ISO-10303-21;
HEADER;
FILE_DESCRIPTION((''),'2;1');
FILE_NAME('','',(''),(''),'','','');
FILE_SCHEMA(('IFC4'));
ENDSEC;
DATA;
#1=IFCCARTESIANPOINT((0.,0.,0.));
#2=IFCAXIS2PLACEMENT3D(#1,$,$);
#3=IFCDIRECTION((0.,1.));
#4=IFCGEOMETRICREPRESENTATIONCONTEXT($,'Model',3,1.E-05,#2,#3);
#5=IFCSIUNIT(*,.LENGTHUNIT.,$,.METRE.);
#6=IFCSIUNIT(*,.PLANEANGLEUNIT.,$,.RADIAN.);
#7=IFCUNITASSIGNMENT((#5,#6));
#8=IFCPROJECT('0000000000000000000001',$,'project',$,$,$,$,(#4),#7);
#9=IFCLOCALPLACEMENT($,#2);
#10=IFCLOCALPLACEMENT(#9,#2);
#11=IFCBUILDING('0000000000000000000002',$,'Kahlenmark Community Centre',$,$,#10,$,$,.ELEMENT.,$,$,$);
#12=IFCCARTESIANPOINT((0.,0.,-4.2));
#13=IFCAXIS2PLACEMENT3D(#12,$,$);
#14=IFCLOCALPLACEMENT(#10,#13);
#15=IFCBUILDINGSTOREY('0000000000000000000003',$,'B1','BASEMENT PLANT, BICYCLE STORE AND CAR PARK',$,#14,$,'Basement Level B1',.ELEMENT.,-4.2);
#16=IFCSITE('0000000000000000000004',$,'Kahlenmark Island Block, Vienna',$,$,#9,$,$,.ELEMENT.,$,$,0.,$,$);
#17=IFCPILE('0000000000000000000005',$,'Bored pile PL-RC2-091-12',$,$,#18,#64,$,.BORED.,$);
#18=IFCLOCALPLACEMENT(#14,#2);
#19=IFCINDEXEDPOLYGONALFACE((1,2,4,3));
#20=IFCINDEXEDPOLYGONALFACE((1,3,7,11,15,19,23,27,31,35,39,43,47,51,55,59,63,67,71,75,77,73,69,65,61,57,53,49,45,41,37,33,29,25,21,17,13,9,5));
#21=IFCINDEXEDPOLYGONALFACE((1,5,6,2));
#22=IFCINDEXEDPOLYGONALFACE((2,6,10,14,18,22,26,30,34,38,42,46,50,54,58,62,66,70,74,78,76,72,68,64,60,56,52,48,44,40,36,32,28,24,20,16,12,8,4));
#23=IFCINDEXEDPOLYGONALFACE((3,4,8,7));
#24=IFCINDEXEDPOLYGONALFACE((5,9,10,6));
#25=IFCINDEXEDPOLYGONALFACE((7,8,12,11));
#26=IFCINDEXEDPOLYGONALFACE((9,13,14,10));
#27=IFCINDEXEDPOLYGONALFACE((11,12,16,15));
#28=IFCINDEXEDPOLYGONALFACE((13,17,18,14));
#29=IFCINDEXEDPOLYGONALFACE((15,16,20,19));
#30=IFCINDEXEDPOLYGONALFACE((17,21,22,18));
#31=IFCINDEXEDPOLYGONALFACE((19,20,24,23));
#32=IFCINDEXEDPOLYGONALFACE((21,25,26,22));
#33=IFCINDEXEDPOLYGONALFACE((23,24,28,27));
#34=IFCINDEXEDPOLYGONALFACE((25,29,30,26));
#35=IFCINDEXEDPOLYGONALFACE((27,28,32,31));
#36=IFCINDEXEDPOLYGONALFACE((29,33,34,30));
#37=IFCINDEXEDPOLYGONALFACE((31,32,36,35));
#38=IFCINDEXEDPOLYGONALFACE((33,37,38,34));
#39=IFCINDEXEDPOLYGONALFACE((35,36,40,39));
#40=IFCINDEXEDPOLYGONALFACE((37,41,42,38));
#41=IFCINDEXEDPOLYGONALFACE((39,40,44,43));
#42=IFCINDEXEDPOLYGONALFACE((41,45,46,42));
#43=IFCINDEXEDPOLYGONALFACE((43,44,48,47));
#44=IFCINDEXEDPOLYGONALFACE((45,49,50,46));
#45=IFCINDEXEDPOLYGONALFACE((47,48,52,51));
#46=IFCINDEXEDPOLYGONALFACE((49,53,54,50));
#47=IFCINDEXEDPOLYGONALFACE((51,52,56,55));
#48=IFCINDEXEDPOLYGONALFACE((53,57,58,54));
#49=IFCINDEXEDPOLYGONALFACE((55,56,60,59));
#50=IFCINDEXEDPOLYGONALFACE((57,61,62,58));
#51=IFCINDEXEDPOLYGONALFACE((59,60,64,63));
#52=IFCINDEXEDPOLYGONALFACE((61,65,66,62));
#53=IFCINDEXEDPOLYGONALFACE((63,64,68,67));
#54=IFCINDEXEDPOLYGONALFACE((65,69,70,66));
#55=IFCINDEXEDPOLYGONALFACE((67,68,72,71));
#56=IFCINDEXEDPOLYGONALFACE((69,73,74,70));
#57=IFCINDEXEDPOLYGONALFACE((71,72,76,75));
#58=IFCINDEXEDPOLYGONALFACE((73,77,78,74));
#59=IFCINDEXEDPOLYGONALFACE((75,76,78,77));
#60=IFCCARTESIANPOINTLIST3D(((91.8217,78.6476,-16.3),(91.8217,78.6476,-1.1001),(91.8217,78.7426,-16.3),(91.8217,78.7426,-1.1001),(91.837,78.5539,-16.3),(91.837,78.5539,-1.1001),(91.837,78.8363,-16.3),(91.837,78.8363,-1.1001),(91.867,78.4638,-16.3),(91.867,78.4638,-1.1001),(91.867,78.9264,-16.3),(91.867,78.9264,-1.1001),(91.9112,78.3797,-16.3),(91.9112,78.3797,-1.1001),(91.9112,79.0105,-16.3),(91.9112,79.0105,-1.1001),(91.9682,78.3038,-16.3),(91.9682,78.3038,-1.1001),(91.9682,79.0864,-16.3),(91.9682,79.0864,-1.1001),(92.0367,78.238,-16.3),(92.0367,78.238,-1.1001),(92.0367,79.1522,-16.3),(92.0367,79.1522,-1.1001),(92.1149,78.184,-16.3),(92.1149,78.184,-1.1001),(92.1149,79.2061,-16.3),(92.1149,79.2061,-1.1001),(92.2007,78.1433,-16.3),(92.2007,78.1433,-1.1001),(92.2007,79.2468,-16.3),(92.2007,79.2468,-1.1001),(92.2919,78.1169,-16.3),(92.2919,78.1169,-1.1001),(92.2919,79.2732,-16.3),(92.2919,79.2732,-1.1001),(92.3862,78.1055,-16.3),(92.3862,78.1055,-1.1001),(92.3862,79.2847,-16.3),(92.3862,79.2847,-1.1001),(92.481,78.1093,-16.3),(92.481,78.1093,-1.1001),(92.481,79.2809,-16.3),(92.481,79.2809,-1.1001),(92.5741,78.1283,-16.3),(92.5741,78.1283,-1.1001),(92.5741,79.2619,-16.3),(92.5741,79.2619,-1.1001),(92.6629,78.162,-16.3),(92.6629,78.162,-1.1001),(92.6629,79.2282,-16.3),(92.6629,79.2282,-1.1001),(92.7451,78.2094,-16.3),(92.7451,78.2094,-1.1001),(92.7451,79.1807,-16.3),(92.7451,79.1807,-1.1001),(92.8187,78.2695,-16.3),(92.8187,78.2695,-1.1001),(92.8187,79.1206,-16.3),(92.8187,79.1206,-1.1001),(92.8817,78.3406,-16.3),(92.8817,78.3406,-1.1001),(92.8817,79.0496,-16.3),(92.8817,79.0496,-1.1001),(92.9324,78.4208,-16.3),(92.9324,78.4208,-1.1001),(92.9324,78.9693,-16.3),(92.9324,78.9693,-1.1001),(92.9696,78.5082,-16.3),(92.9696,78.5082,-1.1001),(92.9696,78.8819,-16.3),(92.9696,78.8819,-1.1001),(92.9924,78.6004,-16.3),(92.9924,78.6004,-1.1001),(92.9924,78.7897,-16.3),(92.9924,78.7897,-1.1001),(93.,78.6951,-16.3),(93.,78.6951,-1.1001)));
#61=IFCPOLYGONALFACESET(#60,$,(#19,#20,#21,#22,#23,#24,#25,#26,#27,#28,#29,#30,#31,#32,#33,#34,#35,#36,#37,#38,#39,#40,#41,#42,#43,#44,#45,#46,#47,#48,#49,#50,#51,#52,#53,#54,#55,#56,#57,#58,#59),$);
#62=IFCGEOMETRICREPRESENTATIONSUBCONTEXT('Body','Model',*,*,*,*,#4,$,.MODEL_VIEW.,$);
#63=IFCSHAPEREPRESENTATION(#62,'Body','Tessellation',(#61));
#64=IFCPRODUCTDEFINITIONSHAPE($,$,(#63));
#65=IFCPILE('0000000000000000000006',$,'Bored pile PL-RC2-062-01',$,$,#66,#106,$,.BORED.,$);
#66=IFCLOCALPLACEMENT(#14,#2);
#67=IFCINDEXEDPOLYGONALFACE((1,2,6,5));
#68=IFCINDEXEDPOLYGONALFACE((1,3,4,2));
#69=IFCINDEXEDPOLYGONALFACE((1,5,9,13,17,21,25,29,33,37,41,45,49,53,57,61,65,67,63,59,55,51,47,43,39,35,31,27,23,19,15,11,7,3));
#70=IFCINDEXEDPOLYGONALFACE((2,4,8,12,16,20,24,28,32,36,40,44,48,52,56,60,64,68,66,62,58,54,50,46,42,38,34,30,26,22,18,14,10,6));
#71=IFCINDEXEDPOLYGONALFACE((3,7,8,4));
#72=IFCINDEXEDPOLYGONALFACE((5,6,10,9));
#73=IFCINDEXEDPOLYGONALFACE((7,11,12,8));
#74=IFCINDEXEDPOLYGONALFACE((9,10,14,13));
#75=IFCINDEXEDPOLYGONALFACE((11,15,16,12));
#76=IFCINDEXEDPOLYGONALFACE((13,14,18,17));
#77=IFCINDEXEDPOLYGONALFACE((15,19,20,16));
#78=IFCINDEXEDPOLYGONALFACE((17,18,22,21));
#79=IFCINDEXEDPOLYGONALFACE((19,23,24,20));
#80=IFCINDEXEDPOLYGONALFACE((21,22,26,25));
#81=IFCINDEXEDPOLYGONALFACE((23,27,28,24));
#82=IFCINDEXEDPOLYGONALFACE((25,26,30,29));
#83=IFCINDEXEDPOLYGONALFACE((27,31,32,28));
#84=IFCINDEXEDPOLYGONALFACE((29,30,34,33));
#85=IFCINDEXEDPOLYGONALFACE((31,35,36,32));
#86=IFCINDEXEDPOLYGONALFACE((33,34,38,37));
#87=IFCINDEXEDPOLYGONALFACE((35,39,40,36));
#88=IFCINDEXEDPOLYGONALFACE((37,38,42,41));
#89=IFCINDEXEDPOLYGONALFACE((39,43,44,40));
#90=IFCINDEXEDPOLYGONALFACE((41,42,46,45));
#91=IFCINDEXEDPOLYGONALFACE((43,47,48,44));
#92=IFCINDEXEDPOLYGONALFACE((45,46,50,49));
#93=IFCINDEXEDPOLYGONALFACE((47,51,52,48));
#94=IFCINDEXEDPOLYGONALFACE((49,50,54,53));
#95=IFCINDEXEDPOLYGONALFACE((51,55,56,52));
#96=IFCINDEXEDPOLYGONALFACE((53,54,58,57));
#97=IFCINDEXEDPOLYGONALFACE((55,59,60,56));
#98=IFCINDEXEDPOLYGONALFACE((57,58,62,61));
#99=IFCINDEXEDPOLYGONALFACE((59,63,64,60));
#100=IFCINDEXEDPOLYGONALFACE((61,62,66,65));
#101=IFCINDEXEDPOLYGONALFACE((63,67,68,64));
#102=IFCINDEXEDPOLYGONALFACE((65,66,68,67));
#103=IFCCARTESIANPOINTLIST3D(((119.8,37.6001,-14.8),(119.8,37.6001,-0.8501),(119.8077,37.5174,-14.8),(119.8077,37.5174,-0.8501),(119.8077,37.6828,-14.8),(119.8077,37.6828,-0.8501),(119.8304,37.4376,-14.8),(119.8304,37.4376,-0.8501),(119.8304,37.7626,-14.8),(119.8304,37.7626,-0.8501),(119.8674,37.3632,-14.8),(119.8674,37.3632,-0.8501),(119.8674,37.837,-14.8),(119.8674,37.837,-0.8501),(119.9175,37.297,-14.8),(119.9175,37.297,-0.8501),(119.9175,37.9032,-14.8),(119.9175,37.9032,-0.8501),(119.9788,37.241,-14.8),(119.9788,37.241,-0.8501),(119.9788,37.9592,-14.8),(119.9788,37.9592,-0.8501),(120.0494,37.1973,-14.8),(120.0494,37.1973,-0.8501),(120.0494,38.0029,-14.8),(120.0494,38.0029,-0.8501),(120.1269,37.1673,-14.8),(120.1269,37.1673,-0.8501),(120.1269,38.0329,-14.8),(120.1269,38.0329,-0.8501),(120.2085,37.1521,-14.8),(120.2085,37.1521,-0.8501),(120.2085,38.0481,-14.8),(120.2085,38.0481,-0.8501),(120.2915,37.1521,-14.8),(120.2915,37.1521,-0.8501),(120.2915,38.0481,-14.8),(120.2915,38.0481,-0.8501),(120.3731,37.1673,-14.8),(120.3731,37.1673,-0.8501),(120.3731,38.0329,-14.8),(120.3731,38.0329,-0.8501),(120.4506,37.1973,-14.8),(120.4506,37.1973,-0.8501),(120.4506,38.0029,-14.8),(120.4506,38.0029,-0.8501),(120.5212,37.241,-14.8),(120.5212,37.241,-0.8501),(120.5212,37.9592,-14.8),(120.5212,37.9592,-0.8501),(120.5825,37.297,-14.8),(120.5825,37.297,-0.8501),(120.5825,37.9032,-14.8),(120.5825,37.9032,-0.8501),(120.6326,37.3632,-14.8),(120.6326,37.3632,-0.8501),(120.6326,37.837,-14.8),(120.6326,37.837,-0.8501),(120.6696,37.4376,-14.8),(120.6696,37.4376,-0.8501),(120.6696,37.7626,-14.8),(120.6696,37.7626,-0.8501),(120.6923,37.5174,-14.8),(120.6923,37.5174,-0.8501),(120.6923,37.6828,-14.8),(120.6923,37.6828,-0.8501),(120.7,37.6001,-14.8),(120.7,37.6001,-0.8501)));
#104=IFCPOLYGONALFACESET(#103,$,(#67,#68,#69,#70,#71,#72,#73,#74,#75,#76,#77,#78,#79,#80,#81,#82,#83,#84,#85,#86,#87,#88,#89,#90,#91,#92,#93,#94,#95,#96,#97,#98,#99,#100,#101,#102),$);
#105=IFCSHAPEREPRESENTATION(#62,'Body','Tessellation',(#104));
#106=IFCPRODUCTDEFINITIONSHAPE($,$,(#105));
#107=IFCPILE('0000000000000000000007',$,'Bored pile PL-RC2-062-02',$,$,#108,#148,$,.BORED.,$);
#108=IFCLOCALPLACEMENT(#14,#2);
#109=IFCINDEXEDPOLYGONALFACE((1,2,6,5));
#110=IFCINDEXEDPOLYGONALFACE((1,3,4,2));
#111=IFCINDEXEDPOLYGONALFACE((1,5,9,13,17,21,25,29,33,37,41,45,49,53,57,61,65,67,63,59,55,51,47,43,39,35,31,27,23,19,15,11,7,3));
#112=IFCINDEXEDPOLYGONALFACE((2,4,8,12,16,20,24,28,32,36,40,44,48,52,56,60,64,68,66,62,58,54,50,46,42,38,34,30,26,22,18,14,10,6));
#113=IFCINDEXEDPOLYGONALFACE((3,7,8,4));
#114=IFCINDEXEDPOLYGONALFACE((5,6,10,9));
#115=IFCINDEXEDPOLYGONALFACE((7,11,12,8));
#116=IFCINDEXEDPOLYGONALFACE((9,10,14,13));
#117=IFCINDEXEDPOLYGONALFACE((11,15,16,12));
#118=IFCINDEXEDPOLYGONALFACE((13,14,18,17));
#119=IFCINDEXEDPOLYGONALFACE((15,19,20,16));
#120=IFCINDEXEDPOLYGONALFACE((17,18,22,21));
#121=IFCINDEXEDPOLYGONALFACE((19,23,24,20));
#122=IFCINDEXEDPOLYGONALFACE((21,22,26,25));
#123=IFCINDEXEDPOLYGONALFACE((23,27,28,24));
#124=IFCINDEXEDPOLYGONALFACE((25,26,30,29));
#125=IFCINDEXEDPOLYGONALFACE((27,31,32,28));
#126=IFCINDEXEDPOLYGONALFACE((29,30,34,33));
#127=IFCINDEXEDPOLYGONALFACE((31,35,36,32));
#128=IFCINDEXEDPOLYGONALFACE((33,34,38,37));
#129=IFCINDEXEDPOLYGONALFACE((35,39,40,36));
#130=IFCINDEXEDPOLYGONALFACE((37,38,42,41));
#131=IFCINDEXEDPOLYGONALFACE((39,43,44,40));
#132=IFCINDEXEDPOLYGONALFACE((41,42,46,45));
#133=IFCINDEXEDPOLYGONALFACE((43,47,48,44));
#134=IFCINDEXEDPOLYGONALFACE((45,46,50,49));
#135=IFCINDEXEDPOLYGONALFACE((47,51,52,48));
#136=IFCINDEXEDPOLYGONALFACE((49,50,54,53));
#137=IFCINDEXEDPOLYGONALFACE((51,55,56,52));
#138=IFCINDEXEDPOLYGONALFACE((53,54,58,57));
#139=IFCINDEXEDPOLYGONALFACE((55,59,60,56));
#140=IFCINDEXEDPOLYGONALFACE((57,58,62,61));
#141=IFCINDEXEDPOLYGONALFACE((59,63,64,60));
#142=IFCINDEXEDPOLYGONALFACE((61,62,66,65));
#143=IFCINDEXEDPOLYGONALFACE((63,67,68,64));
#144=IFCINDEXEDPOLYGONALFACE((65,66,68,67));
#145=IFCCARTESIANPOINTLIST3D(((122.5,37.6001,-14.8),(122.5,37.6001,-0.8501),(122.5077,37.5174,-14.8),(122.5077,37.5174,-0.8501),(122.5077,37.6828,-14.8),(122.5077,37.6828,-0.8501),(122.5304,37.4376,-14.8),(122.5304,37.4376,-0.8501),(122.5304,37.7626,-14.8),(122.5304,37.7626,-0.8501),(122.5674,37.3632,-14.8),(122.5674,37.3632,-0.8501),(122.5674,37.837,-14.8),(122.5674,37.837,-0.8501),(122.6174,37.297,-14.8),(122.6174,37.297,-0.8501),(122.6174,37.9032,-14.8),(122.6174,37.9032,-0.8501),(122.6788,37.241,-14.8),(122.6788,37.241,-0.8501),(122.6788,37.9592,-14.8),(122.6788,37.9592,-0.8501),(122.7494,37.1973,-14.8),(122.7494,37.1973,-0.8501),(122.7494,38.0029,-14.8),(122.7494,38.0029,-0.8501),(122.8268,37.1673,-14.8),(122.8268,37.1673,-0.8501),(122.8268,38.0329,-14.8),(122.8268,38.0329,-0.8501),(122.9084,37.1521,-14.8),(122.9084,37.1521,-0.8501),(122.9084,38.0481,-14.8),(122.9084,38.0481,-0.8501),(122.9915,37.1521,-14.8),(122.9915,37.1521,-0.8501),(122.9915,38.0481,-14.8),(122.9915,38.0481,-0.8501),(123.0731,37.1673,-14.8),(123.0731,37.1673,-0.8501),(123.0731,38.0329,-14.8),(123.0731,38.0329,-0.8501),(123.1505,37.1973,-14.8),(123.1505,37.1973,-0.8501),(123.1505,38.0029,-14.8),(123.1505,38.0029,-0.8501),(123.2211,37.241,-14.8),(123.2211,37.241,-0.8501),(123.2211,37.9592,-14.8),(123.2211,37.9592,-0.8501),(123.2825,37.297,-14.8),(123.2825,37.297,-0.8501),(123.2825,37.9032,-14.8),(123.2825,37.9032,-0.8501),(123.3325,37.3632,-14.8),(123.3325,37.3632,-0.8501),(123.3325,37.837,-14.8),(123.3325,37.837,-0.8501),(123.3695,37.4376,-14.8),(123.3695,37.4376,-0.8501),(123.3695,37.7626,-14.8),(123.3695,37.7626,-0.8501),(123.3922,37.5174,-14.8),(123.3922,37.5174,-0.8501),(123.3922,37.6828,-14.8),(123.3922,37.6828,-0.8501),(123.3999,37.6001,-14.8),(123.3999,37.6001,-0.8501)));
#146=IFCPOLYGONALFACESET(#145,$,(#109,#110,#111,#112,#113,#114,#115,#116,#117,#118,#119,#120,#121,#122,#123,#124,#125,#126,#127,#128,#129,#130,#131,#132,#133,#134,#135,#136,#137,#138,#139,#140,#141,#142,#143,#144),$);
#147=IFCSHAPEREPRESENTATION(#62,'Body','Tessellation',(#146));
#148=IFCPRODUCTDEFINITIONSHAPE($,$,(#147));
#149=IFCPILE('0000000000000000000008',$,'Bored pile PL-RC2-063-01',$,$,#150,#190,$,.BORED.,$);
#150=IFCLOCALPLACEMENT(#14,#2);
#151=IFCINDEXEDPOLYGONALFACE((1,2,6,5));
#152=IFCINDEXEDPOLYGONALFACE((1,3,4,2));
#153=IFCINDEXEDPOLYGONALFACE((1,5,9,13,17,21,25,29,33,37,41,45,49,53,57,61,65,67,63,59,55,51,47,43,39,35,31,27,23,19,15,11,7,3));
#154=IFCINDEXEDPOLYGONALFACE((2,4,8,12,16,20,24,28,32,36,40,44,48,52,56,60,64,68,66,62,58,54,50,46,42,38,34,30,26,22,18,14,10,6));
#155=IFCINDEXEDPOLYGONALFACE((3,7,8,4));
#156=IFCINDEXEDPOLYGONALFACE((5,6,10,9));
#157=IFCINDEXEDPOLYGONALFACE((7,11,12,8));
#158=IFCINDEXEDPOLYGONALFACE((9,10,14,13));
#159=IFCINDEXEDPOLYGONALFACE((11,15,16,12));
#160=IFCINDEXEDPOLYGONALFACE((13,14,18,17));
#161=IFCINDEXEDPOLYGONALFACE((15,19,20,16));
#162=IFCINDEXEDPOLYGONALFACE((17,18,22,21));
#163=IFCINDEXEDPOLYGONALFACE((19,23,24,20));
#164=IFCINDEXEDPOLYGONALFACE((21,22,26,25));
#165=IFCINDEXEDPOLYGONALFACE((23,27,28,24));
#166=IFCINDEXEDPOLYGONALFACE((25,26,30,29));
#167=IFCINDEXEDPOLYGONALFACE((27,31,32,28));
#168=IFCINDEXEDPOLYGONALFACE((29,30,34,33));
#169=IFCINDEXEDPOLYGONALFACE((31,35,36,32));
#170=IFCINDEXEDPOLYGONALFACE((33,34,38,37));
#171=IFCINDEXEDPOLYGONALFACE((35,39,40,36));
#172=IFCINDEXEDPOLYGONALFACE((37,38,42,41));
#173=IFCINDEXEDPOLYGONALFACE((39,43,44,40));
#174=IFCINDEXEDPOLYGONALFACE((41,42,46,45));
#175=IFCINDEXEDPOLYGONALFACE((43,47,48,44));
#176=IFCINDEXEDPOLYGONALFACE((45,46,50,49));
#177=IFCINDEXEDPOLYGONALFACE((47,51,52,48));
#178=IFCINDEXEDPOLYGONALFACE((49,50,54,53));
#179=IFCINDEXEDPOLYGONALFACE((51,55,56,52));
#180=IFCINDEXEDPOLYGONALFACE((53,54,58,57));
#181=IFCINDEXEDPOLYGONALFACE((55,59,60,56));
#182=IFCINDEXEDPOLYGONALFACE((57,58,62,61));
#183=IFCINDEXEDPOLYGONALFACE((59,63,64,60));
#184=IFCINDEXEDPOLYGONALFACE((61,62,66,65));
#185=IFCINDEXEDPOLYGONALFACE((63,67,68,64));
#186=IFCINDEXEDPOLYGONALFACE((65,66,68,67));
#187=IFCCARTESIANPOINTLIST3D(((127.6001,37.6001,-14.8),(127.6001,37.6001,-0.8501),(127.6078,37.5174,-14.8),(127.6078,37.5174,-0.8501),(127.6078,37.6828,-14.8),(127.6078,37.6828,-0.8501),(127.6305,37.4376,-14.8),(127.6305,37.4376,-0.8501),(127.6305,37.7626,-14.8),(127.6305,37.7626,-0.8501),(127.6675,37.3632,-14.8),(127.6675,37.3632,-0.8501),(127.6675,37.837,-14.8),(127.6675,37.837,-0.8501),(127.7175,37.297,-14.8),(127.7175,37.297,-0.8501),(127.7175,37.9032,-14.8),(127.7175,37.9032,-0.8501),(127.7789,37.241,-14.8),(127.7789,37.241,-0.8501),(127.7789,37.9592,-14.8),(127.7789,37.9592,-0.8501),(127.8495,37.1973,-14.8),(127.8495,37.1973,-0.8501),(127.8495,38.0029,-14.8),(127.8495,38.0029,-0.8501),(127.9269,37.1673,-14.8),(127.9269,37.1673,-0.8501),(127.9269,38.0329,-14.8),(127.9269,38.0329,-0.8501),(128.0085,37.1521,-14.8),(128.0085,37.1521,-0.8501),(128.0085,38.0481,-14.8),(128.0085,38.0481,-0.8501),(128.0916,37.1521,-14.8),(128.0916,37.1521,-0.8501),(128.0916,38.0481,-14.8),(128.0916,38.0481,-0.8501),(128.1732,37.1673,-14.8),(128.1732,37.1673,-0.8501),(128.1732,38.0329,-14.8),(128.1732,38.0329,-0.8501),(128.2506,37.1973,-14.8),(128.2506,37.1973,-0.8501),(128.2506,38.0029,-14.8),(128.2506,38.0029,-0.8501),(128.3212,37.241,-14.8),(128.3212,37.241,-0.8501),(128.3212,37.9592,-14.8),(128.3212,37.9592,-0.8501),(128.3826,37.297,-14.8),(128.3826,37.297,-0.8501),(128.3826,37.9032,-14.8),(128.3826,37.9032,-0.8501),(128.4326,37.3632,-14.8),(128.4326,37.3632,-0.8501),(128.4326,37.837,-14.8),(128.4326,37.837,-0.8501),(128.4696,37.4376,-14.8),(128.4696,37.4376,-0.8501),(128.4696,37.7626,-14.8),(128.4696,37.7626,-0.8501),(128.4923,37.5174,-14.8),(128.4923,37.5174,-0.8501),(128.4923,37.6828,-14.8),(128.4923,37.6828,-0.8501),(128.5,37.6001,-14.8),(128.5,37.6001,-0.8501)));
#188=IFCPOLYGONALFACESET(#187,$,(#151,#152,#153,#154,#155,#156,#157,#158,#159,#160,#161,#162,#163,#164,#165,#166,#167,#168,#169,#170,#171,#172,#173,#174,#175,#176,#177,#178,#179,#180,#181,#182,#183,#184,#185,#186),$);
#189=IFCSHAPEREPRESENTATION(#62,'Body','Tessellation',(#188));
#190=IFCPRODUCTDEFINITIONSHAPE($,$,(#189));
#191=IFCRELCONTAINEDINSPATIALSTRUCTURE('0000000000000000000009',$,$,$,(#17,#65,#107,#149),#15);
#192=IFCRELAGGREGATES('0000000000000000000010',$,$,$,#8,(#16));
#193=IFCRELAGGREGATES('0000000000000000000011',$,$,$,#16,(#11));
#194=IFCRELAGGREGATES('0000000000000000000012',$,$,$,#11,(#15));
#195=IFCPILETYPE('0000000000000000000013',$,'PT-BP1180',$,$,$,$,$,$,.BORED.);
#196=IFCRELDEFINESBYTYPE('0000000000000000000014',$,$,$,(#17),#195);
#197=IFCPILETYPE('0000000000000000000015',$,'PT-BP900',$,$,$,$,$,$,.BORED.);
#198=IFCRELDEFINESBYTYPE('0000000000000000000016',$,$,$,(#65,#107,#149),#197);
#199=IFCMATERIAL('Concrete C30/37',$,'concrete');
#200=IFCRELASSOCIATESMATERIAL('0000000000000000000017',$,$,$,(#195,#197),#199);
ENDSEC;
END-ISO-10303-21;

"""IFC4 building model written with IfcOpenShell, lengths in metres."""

from ifc_helpers import new_model, si_unit, direction, frame, origin, origin_2d, place, context, subcontext, project, spatial, circle, extrude, material, material_profile, profile_set, type_object, element, save


model = new_model("IFC4")

# Units and contexts
model_context = context("Model", 3, precision=1e-05, world=origin(), true_north=direction((0.0, 1.0)))
body_context = subcontext(model_context, "Body", "Model", "MODEL_VIEW")
ifc_project = project(units=[si_unit("LENGTHUNIT", "METRE"), si_unit("PLANEANGLEUNIT", "RADIAN")], contexts=[model_context])

# Site, building, storey
site_placement = place(None, origin())
site = spatial("IfcSite", under=ifc_project, at=site_placement, Name="Kahlenmark Island Block, Vienna", CompositionType="ELEMENT", RefElevation=0.0)
building_placement = place(site_placement, origin())
building = spatial("IfcBuilding", under=site, at=building_placement, Name="Kahlenmark Community Centre", CompositionType="ELEMENT")
storey_placement = place(building_placement, frame((0.0, 0.0, -4.2)))
storey = spatial("IfcBuildingStorey", under=building, at=storey_placement, Name="B1", Description="BASEMENT PLANT, BICYCLE STORE AND CAR PARK", LongName="Basement Level B1", CompositionType="ELEMENT", Elevation=-4.2)

# Shared definitions
ifc_material_1 = material(Name="Concrete C30/37", Category="concrete")

# Piles
ifc_material_profile_1 = material_profile(ifc_material_1, circle(Radius=0.5901, at=origin_2d()), Name="BORED PILE 1180")
ifc_profile_set_1 = profile_set([ifc_material_profile_1], Name="Concrete C30/37")
pile_type_1 = type_object("IfcPileType", Name="PT-BP1180", PredefinedType="BORED", material=ifc_profile_set_1)
for number, where, z_axis, x_axis, name in (
    (1, (92.4099, 78.6951, -1.1001), (0.0, 0.0, -1.0), (1.0, 0.0, 0.0), "Bored pile PL-RC2-091-12"),
):
    element("IfcPile", number, at=place(storey_placement, frame(where, z_axis=z_axis, x_axis=x_axis)), inside=storey, type_object=pile_type_1, Name=name, PredefinedType="BORED", context=body_context, shape_type="SweptSolid", body=[
        extrude(circle(Radius=0.5901, at=origin_2d()), origin(), (0.0, 0.0, 1.0), 15.2),
    ])
ifc_material_profile_2 = material_profile(ifc_material_1, circle(Radius=0.45, at=origin_2d()), Name="BORED PILE 900")
ifc_profile_set_2 = profile_set([ifc_material_profile_2], Name="Concrete C30/37")
pile_type_2 = type_object("IfcPileType", Name="PT-BP900", PredefinedType="BORED", material=ifc_profile_set_2)
for number, where, z_axis, x_axis, name in (
    (2, (120.25, 37.6001, -0.8501), (0.0, 0.0, -1.0), (1.0, 0.0, 0.0), "Bored pile PL-RC2-062-01"),
    (3, (122.95, 37.6001, -0.8501), (0.0, 0.0, -1.0), (1.0, 0.0, 0.0), "Bored pile PL-RC2-062-02"),
    (4, (128.05, 37.6001, -0.8501), (0.0, 0.0, -1.0), (1.0, 0.0, 0.0), "Bored pile PL-RC2-063-01"),
):
    element("IfcPile", number, at=place(storey_placement, frame(where, z_axis=z_axis, x_axis=x_axis)), inside=storey, type_object=pile_type_2, Name=name, PredefinedType="BORED", context=body_context, shape_type="SweptSolid", body=[
        extrude(circle(Radius=0.45, at=origin_2d()), origin(), (0.0, 0.0, 1.0), 13.95),
    ])

save(model, "model.ifc")
